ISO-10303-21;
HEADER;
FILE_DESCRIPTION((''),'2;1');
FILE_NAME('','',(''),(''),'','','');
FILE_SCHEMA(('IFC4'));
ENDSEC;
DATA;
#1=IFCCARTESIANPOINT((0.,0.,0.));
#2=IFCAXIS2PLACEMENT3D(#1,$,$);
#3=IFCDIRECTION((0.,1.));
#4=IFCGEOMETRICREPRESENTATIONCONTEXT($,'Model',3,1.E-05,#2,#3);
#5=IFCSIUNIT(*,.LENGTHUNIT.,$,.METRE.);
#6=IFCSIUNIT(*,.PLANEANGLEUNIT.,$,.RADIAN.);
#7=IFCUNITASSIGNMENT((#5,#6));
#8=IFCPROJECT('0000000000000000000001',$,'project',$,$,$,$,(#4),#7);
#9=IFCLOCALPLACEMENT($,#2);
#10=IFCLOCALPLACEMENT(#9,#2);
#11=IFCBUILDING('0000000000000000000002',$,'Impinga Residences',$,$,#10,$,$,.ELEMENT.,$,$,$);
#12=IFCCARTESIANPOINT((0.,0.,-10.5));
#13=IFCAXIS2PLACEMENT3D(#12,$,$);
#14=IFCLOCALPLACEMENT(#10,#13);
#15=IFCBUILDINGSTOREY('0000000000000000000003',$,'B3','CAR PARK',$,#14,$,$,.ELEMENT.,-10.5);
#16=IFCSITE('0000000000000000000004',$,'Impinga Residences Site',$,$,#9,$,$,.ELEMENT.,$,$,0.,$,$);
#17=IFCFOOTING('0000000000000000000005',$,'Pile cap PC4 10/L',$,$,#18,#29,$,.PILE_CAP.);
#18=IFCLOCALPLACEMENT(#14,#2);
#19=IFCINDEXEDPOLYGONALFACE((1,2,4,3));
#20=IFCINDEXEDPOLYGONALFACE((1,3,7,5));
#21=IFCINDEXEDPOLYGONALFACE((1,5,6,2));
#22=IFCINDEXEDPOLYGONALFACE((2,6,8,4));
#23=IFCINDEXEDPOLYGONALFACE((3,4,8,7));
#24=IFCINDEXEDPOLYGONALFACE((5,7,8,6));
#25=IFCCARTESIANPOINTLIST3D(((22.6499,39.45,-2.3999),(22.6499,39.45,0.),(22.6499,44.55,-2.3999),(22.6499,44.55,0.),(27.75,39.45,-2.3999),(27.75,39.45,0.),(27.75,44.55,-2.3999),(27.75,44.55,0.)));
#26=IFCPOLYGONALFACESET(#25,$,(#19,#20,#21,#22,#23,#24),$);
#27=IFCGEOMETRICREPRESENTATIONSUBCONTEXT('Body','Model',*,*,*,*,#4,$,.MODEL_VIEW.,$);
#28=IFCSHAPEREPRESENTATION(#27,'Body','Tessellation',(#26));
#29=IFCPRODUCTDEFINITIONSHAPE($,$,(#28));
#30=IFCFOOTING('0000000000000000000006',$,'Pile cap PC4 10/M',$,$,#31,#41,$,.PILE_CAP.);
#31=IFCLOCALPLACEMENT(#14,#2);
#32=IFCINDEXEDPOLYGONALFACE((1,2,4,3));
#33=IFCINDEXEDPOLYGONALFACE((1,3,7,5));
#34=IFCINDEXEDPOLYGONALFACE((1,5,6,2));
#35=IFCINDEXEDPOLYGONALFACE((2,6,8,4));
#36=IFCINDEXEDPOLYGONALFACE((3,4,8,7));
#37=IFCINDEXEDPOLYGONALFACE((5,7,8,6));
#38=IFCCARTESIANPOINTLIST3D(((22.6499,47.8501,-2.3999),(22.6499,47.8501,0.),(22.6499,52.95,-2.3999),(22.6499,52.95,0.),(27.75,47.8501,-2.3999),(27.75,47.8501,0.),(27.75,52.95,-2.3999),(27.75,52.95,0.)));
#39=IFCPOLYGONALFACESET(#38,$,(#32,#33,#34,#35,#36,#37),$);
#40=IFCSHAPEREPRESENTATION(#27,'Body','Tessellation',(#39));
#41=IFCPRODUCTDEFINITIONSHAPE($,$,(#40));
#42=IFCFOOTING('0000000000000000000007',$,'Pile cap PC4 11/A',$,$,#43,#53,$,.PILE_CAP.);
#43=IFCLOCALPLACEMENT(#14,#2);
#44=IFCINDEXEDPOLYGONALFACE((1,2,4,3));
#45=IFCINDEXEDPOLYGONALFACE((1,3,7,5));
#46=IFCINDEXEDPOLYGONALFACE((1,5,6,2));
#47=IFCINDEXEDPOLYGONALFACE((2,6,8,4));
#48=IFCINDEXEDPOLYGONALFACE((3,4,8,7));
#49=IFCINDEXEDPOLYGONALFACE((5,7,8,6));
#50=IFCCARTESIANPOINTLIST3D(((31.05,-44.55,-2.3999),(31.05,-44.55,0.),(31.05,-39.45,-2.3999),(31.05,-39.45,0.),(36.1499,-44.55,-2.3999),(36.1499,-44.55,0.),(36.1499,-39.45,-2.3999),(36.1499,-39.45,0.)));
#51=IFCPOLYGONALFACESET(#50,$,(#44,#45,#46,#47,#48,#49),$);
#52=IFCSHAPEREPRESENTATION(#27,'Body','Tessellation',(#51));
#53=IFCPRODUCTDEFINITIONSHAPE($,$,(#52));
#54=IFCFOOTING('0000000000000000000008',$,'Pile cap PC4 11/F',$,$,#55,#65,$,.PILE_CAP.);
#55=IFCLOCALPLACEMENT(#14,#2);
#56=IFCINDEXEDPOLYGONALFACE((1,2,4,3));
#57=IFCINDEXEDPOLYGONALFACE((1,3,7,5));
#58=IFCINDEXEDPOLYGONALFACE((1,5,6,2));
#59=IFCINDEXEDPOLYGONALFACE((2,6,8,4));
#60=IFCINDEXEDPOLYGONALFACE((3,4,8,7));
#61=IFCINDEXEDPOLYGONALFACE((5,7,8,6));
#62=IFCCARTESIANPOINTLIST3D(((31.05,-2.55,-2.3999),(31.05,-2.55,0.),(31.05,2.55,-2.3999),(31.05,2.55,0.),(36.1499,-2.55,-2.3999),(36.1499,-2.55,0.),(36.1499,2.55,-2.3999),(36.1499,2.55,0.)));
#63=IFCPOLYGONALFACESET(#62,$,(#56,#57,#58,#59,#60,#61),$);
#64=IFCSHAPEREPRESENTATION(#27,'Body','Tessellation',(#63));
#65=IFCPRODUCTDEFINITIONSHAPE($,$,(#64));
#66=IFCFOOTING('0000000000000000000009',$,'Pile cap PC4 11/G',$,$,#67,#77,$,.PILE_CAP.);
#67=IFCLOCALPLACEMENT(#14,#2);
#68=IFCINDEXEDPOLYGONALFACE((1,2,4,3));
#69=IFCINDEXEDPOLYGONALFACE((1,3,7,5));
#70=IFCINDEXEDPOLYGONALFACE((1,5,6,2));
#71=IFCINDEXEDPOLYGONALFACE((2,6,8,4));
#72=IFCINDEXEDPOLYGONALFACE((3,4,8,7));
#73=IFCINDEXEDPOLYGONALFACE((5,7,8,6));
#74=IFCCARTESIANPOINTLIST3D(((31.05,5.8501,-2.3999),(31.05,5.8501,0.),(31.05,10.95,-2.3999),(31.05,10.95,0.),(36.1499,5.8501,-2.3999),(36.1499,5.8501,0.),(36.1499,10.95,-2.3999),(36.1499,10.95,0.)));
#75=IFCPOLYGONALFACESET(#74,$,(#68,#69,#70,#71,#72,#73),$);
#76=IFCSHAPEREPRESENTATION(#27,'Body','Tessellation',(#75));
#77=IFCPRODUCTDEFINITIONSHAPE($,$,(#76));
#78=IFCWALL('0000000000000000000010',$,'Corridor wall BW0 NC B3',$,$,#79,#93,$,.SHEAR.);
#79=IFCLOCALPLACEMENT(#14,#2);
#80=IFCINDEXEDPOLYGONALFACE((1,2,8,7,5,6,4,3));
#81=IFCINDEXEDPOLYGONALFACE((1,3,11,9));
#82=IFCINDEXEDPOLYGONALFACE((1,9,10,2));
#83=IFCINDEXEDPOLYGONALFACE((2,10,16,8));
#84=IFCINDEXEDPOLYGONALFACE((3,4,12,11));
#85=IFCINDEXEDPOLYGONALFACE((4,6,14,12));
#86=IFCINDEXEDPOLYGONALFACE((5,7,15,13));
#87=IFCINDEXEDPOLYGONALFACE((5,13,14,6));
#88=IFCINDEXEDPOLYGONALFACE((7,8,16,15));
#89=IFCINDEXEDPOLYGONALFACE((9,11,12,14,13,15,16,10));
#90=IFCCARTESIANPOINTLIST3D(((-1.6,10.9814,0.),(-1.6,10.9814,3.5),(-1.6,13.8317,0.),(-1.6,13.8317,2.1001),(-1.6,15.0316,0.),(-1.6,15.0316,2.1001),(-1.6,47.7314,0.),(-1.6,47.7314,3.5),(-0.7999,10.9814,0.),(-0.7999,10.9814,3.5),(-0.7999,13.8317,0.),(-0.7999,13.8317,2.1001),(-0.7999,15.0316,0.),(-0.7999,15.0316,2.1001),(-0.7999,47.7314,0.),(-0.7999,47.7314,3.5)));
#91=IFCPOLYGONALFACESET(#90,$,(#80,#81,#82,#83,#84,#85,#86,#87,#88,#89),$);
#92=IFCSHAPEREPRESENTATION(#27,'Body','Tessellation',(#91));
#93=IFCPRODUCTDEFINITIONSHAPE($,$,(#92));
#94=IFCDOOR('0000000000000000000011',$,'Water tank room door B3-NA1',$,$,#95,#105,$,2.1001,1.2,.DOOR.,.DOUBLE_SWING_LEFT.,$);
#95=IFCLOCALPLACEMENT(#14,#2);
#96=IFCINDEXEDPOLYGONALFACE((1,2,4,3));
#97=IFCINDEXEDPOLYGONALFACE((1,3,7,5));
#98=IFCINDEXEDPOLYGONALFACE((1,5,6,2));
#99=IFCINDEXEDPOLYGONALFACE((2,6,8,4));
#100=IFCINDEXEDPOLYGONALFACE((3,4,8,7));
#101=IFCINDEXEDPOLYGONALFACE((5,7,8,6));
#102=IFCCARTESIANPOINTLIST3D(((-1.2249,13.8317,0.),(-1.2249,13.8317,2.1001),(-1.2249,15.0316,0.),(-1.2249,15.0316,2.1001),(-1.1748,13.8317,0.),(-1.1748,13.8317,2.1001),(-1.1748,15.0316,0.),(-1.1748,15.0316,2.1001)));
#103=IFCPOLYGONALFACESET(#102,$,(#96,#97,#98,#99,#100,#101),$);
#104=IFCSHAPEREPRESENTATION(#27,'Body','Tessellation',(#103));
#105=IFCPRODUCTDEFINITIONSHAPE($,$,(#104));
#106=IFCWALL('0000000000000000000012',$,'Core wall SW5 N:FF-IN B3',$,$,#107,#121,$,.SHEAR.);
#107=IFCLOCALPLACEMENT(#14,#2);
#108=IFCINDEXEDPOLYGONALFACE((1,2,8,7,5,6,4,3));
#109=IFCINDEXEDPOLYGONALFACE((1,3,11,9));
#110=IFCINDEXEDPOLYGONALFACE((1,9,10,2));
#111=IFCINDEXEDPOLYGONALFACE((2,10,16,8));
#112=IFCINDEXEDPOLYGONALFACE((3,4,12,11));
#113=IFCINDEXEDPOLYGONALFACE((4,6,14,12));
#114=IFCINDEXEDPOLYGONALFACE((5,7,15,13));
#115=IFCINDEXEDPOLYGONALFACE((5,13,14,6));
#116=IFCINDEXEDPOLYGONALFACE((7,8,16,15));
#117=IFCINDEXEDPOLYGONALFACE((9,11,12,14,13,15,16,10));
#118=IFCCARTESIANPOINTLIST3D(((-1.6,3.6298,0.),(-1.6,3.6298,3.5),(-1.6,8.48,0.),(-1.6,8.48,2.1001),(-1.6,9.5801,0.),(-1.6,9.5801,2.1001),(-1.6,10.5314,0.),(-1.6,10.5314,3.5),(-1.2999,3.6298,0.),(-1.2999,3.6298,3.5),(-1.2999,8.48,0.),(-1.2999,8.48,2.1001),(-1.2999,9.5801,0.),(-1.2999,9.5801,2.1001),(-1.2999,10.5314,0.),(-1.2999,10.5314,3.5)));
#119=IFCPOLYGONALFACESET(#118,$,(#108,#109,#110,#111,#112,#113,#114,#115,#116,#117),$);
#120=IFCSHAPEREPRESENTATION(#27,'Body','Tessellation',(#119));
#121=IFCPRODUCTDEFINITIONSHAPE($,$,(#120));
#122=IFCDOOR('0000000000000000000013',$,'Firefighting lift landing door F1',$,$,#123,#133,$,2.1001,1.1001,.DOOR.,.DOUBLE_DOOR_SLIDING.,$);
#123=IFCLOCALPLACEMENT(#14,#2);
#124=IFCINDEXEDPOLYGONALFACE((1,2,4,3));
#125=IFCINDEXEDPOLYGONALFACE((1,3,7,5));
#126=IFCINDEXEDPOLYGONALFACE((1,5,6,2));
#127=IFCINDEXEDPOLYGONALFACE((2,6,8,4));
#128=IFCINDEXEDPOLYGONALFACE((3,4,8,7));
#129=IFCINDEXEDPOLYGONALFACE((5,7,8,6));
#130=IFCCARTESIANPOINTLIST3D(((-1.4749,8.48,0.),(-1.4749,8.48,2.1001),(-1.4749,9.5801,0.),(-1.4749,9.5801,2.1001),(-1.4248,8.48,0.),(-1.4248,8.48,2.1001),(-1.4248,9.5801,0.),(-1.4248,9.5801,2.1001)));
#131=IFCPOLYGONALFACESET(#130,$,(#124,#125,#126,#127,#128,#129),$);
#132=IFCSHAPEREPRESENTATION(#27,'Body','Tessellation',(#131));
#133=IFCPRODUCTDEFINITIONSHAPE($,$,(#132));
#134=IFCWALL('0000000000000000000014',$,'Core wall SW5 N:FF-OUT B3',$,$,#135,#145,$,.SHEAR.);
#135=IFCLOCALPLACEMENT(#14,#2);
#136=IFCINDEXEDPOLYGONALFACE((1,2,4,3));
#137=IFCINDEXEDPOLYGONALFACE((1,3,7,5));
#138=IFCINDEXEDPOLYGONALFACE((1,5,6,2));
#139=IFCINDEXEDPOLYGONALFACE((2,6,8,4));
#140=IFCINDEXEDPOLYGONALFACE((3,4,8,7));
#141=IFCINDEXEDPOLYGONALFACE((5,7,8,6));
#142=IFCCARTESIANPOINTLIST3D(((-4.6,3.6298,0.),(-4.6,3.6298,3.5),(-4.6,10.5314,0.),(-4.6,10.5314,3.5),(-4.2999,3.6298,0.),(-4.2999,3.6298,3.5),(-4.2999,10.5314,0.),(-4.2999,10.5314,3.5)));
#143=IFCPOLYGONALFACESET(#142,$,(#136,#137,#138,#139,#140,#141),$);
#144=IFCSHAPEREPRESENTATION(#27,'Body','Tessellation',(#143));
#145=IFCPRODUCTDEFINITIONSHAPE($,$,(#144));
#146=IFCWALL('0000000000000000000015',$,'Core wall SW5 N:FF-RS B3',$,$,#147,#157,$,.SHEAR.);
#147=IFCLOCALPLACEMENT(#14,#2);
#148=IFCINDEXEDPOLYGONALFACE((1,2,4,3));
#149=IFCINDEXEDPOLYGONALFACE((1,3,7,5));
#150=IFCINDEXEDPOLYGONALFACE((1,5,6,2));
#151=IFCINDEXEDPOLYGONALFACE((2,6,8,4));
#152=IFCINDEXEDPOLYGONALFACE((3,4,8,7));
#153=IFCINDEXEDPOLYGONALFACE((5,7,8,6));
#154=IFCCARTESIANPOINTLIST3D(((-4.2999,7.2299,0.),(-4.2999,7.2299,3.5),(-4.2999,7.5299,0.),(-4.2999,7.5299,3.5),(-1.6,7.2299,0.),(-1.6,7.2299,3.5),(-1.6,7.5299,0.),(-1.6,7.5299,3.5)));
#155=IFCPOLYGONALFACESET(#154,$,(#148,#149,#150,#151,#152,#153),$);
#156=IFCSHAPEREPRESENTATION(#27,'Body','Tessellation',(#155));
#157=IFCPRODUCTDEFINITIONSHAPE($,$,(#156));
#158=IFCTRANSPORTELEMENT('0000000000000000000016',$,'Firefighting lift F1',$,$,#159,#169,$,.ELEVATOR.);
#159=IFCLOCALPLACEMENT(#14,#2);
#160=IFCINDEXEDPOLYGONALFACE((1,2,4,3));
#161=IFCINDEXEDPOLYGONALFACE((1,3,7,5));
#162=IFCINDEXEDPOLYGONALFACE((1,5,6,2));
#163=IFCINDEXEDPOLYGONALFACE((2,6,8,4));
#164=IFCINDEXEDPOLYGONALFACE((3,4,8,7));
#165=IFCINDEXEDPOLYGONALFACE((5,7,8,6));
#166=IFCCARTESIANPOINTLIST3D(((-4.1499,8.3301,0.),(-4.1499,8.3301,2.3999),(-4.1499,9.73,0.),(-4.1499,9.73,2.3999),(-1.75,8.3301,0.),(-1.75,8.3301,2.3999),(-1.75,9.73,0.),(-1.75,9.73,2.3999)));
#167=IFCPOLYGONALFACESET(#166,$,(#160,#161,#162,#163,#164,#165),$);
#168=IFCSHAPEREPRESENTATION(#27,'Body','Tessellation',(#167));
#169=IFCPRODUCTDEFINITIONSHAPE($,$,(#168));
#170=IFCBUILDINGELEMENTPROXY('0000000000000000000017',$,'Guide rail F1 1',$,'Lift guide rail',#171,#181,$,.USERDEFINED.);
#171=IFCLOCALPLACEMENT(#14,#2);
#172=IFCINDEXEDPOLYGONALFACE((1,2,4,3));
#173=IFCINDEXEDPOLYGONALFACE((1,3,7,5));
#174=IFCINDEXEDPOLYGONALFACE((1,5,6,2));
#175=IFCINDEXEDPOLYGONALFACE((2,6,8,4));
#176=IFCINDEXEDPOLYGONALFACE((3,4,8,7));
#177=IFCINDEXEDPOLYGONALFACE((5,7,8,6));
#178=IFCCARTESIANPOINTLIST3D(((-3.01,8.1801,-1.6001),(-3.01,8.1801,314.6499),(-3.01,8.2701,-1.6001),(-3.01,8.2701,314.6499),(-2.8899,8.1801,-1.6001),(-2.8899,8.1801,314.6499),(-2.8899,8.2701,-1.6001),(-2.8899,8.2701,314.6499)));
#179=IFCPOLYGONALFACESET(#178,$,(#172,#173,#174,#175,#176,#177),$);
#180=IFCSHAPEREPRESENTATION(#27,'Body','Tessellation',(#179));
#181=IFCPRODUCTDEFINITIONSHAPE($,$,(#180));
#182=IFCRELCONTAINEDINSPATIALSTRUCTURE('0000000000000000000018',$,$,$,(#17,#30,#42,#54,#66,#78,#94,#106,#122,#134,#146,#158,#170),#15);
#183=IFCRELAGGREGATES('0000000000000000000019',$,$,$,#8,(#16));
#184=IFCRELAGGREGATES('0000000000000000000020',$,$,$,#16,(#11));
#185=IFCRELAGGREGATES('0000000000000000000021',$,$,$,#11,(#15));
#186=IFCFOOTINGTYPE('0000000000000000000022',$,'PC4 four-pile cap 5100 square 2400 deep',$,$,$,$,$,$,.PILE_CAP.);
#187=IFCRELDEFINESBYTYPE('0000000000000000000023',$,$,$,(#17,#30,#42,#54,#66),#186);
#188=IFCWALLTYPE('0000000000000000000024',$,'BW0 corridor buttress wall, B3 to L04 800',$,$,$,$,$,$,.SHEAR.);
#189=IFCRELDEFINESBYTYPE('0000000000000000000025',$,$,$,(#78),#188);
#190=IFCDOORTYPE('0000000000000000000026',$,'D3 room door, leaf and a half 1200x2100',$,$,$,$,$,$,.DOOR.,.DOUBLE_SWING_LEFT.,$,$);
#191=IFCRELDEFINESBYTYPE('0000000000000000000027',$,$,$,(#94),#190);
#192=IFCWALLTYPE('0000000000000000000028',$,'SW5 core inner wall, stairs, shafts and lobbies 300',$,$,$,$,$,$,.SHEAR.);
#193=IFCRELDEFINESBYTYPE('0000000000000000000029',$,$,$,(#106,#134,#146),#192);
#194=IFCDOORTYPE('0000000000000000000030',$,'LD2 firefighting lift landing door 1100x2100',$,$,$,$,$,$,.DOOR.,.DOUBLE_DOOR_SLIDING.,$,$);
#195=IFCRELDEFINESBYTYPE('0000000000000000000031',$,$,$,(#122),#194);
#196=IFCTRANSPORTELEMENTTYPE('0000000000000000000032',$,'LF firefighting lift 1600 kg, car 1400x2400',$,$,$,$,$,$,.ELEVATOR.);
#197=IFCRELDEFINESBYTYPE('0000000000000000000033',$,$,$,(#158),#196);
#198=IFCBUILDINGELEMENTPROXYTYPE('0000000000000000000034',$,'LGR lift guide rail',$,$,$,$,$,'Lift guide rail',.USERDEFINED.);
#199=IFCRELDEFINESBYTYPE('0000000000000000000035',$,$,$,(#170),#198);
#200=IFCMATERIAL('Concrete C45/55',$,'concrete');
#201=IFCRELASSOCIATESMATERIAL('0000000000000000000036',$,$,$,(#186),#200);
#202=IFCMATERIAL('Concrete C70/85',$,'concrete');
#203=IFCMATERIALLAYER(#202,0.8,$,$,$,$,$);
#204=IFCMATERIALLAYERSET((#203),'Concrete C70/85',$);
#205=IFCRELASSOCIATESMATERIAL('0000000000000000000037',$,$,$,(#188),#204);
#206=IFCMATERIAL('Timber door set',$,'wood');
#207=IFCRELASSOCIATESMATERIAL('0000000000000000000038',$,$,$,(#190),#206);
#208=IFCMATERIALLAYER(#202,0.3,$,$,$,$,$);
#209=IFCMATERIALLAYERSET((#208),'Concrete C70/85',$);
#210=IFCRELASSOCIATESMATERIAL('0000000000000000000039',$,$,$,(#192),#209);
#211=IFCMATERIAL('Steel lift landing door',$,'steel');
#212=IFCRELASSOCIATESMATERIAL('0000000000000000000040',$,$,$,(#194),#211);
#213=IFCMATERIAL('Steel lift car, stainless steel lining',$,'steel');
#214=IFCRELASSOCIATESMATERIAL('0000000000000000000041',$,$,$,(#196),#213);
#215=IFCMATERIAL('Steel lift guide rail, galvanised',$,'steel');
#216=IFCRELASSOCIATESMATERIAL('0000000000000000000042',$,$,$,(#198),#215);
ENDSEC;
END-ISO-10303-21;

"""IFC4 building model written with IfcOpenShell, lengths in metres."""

from ifc_helpers import new_model, si_unit, direction, frame, frame_2d, origin, origin_2d, place, context, subcontext, project, spatial, polyline, rectangle, outline, extrude, material, layer, layer_set, type_object, element, fill, save


model = new_model("IFC4")

# Units and contexts
model_context = context("Model", 3, precision=1e-05, world=origin(), true_north=direction((0.0, 1.0)))
body_context = subcontext(model_context, "Body", "Model", "MODEL_VIEW")
ifc_project = project(units=[si_unit("LENGTHUNIT", "METRE"), si_unit("PLANEANGLEUNIT", "RADIAN")], contexts=[model_context])

# Site, building, storey
site_placement = place(None, origin())
site = spatial("IfcSite", under=ifc_project, at=site_placement, Name="Impinga Residences Site", CompositionType="ELEMENT", RefElevation=0.0)
building_placement = place(site_placement, origin())
building = spatial("IfcBuilding", under=site, at=building_placement, Name="Impinga Residences", CompositionType="ELEMENT")
storey_placement = place(building_placement, frame((0.0, 0.0, -10.5)))
storey = spatial("IfcBuildingStorey", under=building, at=storey_placement, Name="B3", Description="CAR PARK", CompositionType="ELEMENT", Elevation=-10.5)

# Footings
ifc_material_1 = material(Name="Concrete C45/55", Category="concrete")
footing_type = type_object("IfcFootingType", Name="PC4 four-pile cap 5100 square 2400 deep", PredefinedType="PILE_CAP", material=ifc_material_1)
footing_1_placement = place(storey_placement, frame((0.0, 0.0, -2.3999)))
element("IfcFooting", 1, at=footing_1_placement, inside=storey, type_object=footing_type, Name="Pile cap PC4 10/L", PredefinedType="PILE_CAP", context=body_context, shape_type="SweptSolid", body=[
    extrude(outline(polyline([(27.75, 39.45), (27.75, 44.55), (22.6499, 44.55), (22.6499, 39.45), (27.75, 39.45)])), origin(), (0.0, 0.0, 1.0), 2.3999),
])
footing_2_placement = place(storey_placement, frame((0.0, 0.0, -2.3999)))
element("IfcFooting", 2, at=footing_2_placement, inside=storey, type_object=footing_type, Name="Pile cap PC4 10/M", PredefinedType="PILE_CAP", context=body_context, shape_type="SweptSolid", body=[
    extrude(outline(polyline([(27.75, 47.8501), (27.75, 52.95), (22.6499, 52.95), (22.6499, 47.8501), (27.75, 47.8501)])), origin(), (0.0, 0.0, 1.0), 2.3999),
])
footing_3_placement = place(storey_placement, frame((0.0, 0.0, -2.3999)))
element("IfcFooting", 3, at=footing_3_placement, inside=storey, type_object=footing_type, Name="Pile cap PC4 11/A", PredefinedType="PILE_CAP", context=body_context, shape_type="SweptSolid", body=[
    extrude(outline(polyline([(36.1499, -44.55), (36.1499, -39.45), (31.05, -39.45), (31.05, -44.55), (36.1499, -44.55)])), origin(), (0.0, 0.0, 1.0), 2.3999),
])
footing_4_placement = place(storey_placement, frame((0.0, 0.0, -2.3999)))
element("IfcFooting", 4, at=footing_4_placement, inside=storey, type_object=footing_type, Name="Pile cap PC4 11/F", PredefinedType="PILE_CAP", context=body_context, shape_type="SweptSolid", body=[
    extrude(outline(polyline([(36.1499, -2.55), (36.1499, 2.55), (31.05, 2.55), (31.05, -2.55), (36.1499, -2.55)])), origin(), (0.0, 0.0, 1.0), 2.3999),
])
footing_5_placement = place(storey_placement, frame((0.0, 0.0, -2.3999)))
element("IfcFooting", 5, at=footing_5_placement, inside=storey, type_object=footing_type, Name="Pile cap PC4 11/G", PredefinedType="PILE_CAP", context=body_context, shape_type="SweptSolid", body=[
    extrude(outline(polyline([(36.1499, 5.8501), (36.1499, 10.95), (31.05, 10.95), (31.05, 5.8501), (36.1499, 5.8501)])), origin(), (0.0, 0.0, 1.0), 2.3999),
])

# Walls, openings, doors
ifc_material_2 = material(Name="Concrete C70/85", Category="concrete")
ifc_layer_1 = layer(ifc_material_2, 0.8)
ifc_layer_set_1 = layer_set([ifc_layer_1], Name="Concrete C70/85")
wall_type_1 = type_object("IfcWallType", Name="BW0 corridor buttress wall, B3 to L04 800", PredefinedType="SHEAR", material=ifc_layer_set_1)
wall_1_placement = place(storey_placement, frame((-1.2, 10.9814, 0.0), z_axis=(0.0, 0.0, 1.0), x_axis=(0.0, 1.0, 0.0)))
wall_1 = element("IfcWall", 6, at=wall_1_placement, inside=storey, type_object=wall_type_1, Name="Corridor wall BW0 NC B3", PredefinedType="SHEAR", context=body_context, shape_type="SweptSolid", body=[
    extrude(rectangle(XDim=36.75, YDim=0.8, at=frame_2d((18.375, 0.0))), origin(), (0.0, 0.0, 1.0), 3.5),
])
opening_1_placement = place(wall_1_placement, frame((2.8501, 0.0, 0.0)))
opening_1 = element("IfcOpeningElement", 7, at=opening_1_placement, cuts=wall_1, PredefinedType="OPENING", context=body_context, shape_type="SweptSolid", body=[
    extrude(rectangle(XDim=1.2, YDim=2.1001, at=frame_2d((0.6001, 1.05))), frame((0.0, 0.4099, 0.0), z_axis=(0.0, -1.0, 0.0), x_axis=(1.0, 0.0, 0.0)), (0.0, 0.0, 1.0), 0.8201),
])
ifc_material_3 = material(Name="Timber door set", Category="wood")
door_type_1 = type_object("IfcDoorType", Name="D3 room door, leaf and a half 1200x2100", OperationType="DOUBLE_SWING_LEFT", PredefinedType="DOOR", material=ifc_material_3)
door_1_placement = place(opening_1_placement, origin())
door_1 = element("IfcDoor", 8, at=door_1_placement, inside=storey, type_object=door_type_1, Name="Water tank room door B3-NA1", OperationType="DOUBLE_SWING_LEFT", OverallHeight=2.1001, OverallWidth=1.2, PredefinedType="DOOR", context=body_context, shape_type="SweptSolid", body=[
    extrude(rectangle(XDim=1.2, YDim=2.1001, at=frame_2d((0.6001, 1.05))), frame((0.0, 0.0249, 0.0), z_axis=(0.0, -1.0, 0.0), x_axis=(1.0, 0.0, 0.0)), (0.0, 0.0, 1.0), 0.05),
])
fill(opening_1, door_1)
ifc_layer_2 = layer(ifc_material_2, 0.3)
ifc_layer_set_2 = layer_set([ifc_layer_2], Name="Concrete C70/85")
wall_type_2 = type_object("IfcWallType", Name="SW5 core inner wall, stairs, shafts and lobbies 300", PredefinedType="SHEAR", material=ifc_layer_set_2)
wall_2_placement = place(storey_placement, frame((-1.45, 3.6299, 0.0), z_axis=(0.0, 0.0, 1.0), x_axis=(0.0, 1.0, 0.0)))
wall_2 = element("IfcWall", 9, at=wall_2_placement, inside=storey, type_object=wall_type_2, Name="Core wall SW5 N:FF-IN B3", PredefinedType="SHEAR", context=body_context, shape_type="SweptSolid", body=[
    extrude(rectangle(XDim=6.9016, YDim=0.3, at=frame_2d((3.4507, 0.0))), origin(), (0.0, 0.0, 1.0), 3.5),
])
opening_2_placement = place(wall_2_placement, frame((4.8501, 0.0, 0.0)))
opening_2 = element("IfcOpeningElement", 10, at=opening_2_placement, cuts=wall_2, PredefinedType="OPENING", context=body_context, shape_type="SweptSolid", body=[
    extrude(rectangle(XDim=1.1001, YDim=2.1001, at=frame_2d((0.55, 1.05))), frame((0.0, 0.1599, 0.0), z_axis=(0.0, -1.0, 0.0), x_axis=(1.0, 0.0, 0.0)), (0.0, 0.0, 1.0), 0.3201),
])
ifc_material_4 = material(Name="Steel lift landing door", Category="steel")
door_type_2 = type_object("IfcDoorType", Name="LD2 firefighting lift landing door 1100x2100", OperationType="DOUBLE_DOOR_SLIDING", PredefinedType="DOOR", material=ifc_material_4)
door_2_placement = place(opening_2_placement, origin())
door_2 = element("IfcDoor", 11, at=door_2_placement, inside=storey, type_object=door_type_2, Name="Firefighting lift landing door F1", OperationType="DOUBLE_DOOR_SLIDING", OverallHeight=2.1001, OverallWidth=1.1001, PredefinedType="DOOR", context=body_context, shape_type="SweptSolid", body=[
    extrude(rectangle(XDim=1.1001, YDim=2.1001, at=frame_2d((0.55, 1.05))), frame((0.0, 0.0249, 0.0), z_axis=(0.0, -1.0, 0.0), x_axis=(1.0, 0.0, 0.0)), (0.0, 0.0, 1.0), 0.05),
])
fill(opening_2, door_2)

# Walls
wall_3_placement = place(storey_placement, frame((-4.45, 3.6299, 0.0), z_axis=(0.0, 0.0, 1.0), x_axis=(0.0, 1.0, 0.0)))
element("IfcWall", 12, at=wall_3_placement, inside=storey, type_object=wall_type_2, Name="Core wall SW5 N:FF-OUT B3", PredefinedType="SHEAR", context=body_context, shape_type="SweptSolid", body=[
    extrude(rectangle(XDim=6.9016, YDim=0.3, at=frame_2d((3.4507, 0.0))), origin(), (0.0, 0.0, 1.0), 3.5),
])
wall_4_placement = place(storey_placement, frame((-4.3, 7.3799, 0.0), z_axis=(0.0, 0.0, 1.0), x_axis=(1.0, 0.0, 0.0)))
element("IfcWall", 13, at=wall_4_placement, inside=storey, type_object=wall_type_2, Name="Core wall SW5 N:FF-RS B3", PredefinedType="SHEAR", context=body_context, shape_type="SweptSolid", body=[
    extrude(rectangle(XDim=2.7, YDim=0.3, at=frame_2d((1.3501, 0.0))), origin(), (0.0, 0.0, 1.0), 3.5),
])

# Transport element
ifc_material_5 = material(Name="Steel lift car, stainless steel lining", Category="steel")
transport_element_type = type_object("IfcTransportElementType", Name="LF firefighting lift 1600 kg, car 1400x2400", PredefinedType="ELEVATOR", material=ifc_material_5)
transport_element_placement = place(storey_placement, frame((-2.95, 9.03, 0.0), z_axis=(0.0, 0.0, 1.0), x_axis=(0.0, 1.0, 0.0)))
element("IfcTransportElement", 14, at=transport_element_placement, inside=storey, type_object=transport_element_type, Name="Firefighting lift F1", PredefinedType="ELEVATOR", context=body_context, shape_type="SweptSolid", body=[
    extrude(rectangle(XDim=1.3999, YDim=2.3999, at=origin_2d()), origin(), (0.0, 0.0, 1.0), 2.3999),
])

# Building element proxy
ifc_material_6 = material(Name="Steel lift guide rail, galvanised", Category="steel")
building_element_proxy_type = type_object("IfcBuildingElementProxyType", Name="LGR lift guide rail", ElementType="Lift guide rail", PredefinedType="USERDEFINED", material=ifc_material_6)
for number, where, z_axis, x_axis, name in (
    (15, (-2.95, 8.2251, -1.6001), (0.0, 0.0, 1.0), (0.0, 1.0, 0.0), "Guide rail F1 1"),
):
    element("IfcBuildingElementProxy", number, at=place(storey_placement, frame(where, z_axis=z_axis, x_axis=x_axis)), inside=storey, type_object=building_element_proxy_type, Name=name, ObjectType="Lift guide rail", PredefinedType="USERDEFINED", context=body_context, shape_type="SweptSolid", body=[
        extrude(rectangle(XDim=0.0901, YDim=0.1201, at=origin_2d()), origin(), (0.0, 0.0, 1.0), 316.25),
    ])

save(model, "model.ifc")
